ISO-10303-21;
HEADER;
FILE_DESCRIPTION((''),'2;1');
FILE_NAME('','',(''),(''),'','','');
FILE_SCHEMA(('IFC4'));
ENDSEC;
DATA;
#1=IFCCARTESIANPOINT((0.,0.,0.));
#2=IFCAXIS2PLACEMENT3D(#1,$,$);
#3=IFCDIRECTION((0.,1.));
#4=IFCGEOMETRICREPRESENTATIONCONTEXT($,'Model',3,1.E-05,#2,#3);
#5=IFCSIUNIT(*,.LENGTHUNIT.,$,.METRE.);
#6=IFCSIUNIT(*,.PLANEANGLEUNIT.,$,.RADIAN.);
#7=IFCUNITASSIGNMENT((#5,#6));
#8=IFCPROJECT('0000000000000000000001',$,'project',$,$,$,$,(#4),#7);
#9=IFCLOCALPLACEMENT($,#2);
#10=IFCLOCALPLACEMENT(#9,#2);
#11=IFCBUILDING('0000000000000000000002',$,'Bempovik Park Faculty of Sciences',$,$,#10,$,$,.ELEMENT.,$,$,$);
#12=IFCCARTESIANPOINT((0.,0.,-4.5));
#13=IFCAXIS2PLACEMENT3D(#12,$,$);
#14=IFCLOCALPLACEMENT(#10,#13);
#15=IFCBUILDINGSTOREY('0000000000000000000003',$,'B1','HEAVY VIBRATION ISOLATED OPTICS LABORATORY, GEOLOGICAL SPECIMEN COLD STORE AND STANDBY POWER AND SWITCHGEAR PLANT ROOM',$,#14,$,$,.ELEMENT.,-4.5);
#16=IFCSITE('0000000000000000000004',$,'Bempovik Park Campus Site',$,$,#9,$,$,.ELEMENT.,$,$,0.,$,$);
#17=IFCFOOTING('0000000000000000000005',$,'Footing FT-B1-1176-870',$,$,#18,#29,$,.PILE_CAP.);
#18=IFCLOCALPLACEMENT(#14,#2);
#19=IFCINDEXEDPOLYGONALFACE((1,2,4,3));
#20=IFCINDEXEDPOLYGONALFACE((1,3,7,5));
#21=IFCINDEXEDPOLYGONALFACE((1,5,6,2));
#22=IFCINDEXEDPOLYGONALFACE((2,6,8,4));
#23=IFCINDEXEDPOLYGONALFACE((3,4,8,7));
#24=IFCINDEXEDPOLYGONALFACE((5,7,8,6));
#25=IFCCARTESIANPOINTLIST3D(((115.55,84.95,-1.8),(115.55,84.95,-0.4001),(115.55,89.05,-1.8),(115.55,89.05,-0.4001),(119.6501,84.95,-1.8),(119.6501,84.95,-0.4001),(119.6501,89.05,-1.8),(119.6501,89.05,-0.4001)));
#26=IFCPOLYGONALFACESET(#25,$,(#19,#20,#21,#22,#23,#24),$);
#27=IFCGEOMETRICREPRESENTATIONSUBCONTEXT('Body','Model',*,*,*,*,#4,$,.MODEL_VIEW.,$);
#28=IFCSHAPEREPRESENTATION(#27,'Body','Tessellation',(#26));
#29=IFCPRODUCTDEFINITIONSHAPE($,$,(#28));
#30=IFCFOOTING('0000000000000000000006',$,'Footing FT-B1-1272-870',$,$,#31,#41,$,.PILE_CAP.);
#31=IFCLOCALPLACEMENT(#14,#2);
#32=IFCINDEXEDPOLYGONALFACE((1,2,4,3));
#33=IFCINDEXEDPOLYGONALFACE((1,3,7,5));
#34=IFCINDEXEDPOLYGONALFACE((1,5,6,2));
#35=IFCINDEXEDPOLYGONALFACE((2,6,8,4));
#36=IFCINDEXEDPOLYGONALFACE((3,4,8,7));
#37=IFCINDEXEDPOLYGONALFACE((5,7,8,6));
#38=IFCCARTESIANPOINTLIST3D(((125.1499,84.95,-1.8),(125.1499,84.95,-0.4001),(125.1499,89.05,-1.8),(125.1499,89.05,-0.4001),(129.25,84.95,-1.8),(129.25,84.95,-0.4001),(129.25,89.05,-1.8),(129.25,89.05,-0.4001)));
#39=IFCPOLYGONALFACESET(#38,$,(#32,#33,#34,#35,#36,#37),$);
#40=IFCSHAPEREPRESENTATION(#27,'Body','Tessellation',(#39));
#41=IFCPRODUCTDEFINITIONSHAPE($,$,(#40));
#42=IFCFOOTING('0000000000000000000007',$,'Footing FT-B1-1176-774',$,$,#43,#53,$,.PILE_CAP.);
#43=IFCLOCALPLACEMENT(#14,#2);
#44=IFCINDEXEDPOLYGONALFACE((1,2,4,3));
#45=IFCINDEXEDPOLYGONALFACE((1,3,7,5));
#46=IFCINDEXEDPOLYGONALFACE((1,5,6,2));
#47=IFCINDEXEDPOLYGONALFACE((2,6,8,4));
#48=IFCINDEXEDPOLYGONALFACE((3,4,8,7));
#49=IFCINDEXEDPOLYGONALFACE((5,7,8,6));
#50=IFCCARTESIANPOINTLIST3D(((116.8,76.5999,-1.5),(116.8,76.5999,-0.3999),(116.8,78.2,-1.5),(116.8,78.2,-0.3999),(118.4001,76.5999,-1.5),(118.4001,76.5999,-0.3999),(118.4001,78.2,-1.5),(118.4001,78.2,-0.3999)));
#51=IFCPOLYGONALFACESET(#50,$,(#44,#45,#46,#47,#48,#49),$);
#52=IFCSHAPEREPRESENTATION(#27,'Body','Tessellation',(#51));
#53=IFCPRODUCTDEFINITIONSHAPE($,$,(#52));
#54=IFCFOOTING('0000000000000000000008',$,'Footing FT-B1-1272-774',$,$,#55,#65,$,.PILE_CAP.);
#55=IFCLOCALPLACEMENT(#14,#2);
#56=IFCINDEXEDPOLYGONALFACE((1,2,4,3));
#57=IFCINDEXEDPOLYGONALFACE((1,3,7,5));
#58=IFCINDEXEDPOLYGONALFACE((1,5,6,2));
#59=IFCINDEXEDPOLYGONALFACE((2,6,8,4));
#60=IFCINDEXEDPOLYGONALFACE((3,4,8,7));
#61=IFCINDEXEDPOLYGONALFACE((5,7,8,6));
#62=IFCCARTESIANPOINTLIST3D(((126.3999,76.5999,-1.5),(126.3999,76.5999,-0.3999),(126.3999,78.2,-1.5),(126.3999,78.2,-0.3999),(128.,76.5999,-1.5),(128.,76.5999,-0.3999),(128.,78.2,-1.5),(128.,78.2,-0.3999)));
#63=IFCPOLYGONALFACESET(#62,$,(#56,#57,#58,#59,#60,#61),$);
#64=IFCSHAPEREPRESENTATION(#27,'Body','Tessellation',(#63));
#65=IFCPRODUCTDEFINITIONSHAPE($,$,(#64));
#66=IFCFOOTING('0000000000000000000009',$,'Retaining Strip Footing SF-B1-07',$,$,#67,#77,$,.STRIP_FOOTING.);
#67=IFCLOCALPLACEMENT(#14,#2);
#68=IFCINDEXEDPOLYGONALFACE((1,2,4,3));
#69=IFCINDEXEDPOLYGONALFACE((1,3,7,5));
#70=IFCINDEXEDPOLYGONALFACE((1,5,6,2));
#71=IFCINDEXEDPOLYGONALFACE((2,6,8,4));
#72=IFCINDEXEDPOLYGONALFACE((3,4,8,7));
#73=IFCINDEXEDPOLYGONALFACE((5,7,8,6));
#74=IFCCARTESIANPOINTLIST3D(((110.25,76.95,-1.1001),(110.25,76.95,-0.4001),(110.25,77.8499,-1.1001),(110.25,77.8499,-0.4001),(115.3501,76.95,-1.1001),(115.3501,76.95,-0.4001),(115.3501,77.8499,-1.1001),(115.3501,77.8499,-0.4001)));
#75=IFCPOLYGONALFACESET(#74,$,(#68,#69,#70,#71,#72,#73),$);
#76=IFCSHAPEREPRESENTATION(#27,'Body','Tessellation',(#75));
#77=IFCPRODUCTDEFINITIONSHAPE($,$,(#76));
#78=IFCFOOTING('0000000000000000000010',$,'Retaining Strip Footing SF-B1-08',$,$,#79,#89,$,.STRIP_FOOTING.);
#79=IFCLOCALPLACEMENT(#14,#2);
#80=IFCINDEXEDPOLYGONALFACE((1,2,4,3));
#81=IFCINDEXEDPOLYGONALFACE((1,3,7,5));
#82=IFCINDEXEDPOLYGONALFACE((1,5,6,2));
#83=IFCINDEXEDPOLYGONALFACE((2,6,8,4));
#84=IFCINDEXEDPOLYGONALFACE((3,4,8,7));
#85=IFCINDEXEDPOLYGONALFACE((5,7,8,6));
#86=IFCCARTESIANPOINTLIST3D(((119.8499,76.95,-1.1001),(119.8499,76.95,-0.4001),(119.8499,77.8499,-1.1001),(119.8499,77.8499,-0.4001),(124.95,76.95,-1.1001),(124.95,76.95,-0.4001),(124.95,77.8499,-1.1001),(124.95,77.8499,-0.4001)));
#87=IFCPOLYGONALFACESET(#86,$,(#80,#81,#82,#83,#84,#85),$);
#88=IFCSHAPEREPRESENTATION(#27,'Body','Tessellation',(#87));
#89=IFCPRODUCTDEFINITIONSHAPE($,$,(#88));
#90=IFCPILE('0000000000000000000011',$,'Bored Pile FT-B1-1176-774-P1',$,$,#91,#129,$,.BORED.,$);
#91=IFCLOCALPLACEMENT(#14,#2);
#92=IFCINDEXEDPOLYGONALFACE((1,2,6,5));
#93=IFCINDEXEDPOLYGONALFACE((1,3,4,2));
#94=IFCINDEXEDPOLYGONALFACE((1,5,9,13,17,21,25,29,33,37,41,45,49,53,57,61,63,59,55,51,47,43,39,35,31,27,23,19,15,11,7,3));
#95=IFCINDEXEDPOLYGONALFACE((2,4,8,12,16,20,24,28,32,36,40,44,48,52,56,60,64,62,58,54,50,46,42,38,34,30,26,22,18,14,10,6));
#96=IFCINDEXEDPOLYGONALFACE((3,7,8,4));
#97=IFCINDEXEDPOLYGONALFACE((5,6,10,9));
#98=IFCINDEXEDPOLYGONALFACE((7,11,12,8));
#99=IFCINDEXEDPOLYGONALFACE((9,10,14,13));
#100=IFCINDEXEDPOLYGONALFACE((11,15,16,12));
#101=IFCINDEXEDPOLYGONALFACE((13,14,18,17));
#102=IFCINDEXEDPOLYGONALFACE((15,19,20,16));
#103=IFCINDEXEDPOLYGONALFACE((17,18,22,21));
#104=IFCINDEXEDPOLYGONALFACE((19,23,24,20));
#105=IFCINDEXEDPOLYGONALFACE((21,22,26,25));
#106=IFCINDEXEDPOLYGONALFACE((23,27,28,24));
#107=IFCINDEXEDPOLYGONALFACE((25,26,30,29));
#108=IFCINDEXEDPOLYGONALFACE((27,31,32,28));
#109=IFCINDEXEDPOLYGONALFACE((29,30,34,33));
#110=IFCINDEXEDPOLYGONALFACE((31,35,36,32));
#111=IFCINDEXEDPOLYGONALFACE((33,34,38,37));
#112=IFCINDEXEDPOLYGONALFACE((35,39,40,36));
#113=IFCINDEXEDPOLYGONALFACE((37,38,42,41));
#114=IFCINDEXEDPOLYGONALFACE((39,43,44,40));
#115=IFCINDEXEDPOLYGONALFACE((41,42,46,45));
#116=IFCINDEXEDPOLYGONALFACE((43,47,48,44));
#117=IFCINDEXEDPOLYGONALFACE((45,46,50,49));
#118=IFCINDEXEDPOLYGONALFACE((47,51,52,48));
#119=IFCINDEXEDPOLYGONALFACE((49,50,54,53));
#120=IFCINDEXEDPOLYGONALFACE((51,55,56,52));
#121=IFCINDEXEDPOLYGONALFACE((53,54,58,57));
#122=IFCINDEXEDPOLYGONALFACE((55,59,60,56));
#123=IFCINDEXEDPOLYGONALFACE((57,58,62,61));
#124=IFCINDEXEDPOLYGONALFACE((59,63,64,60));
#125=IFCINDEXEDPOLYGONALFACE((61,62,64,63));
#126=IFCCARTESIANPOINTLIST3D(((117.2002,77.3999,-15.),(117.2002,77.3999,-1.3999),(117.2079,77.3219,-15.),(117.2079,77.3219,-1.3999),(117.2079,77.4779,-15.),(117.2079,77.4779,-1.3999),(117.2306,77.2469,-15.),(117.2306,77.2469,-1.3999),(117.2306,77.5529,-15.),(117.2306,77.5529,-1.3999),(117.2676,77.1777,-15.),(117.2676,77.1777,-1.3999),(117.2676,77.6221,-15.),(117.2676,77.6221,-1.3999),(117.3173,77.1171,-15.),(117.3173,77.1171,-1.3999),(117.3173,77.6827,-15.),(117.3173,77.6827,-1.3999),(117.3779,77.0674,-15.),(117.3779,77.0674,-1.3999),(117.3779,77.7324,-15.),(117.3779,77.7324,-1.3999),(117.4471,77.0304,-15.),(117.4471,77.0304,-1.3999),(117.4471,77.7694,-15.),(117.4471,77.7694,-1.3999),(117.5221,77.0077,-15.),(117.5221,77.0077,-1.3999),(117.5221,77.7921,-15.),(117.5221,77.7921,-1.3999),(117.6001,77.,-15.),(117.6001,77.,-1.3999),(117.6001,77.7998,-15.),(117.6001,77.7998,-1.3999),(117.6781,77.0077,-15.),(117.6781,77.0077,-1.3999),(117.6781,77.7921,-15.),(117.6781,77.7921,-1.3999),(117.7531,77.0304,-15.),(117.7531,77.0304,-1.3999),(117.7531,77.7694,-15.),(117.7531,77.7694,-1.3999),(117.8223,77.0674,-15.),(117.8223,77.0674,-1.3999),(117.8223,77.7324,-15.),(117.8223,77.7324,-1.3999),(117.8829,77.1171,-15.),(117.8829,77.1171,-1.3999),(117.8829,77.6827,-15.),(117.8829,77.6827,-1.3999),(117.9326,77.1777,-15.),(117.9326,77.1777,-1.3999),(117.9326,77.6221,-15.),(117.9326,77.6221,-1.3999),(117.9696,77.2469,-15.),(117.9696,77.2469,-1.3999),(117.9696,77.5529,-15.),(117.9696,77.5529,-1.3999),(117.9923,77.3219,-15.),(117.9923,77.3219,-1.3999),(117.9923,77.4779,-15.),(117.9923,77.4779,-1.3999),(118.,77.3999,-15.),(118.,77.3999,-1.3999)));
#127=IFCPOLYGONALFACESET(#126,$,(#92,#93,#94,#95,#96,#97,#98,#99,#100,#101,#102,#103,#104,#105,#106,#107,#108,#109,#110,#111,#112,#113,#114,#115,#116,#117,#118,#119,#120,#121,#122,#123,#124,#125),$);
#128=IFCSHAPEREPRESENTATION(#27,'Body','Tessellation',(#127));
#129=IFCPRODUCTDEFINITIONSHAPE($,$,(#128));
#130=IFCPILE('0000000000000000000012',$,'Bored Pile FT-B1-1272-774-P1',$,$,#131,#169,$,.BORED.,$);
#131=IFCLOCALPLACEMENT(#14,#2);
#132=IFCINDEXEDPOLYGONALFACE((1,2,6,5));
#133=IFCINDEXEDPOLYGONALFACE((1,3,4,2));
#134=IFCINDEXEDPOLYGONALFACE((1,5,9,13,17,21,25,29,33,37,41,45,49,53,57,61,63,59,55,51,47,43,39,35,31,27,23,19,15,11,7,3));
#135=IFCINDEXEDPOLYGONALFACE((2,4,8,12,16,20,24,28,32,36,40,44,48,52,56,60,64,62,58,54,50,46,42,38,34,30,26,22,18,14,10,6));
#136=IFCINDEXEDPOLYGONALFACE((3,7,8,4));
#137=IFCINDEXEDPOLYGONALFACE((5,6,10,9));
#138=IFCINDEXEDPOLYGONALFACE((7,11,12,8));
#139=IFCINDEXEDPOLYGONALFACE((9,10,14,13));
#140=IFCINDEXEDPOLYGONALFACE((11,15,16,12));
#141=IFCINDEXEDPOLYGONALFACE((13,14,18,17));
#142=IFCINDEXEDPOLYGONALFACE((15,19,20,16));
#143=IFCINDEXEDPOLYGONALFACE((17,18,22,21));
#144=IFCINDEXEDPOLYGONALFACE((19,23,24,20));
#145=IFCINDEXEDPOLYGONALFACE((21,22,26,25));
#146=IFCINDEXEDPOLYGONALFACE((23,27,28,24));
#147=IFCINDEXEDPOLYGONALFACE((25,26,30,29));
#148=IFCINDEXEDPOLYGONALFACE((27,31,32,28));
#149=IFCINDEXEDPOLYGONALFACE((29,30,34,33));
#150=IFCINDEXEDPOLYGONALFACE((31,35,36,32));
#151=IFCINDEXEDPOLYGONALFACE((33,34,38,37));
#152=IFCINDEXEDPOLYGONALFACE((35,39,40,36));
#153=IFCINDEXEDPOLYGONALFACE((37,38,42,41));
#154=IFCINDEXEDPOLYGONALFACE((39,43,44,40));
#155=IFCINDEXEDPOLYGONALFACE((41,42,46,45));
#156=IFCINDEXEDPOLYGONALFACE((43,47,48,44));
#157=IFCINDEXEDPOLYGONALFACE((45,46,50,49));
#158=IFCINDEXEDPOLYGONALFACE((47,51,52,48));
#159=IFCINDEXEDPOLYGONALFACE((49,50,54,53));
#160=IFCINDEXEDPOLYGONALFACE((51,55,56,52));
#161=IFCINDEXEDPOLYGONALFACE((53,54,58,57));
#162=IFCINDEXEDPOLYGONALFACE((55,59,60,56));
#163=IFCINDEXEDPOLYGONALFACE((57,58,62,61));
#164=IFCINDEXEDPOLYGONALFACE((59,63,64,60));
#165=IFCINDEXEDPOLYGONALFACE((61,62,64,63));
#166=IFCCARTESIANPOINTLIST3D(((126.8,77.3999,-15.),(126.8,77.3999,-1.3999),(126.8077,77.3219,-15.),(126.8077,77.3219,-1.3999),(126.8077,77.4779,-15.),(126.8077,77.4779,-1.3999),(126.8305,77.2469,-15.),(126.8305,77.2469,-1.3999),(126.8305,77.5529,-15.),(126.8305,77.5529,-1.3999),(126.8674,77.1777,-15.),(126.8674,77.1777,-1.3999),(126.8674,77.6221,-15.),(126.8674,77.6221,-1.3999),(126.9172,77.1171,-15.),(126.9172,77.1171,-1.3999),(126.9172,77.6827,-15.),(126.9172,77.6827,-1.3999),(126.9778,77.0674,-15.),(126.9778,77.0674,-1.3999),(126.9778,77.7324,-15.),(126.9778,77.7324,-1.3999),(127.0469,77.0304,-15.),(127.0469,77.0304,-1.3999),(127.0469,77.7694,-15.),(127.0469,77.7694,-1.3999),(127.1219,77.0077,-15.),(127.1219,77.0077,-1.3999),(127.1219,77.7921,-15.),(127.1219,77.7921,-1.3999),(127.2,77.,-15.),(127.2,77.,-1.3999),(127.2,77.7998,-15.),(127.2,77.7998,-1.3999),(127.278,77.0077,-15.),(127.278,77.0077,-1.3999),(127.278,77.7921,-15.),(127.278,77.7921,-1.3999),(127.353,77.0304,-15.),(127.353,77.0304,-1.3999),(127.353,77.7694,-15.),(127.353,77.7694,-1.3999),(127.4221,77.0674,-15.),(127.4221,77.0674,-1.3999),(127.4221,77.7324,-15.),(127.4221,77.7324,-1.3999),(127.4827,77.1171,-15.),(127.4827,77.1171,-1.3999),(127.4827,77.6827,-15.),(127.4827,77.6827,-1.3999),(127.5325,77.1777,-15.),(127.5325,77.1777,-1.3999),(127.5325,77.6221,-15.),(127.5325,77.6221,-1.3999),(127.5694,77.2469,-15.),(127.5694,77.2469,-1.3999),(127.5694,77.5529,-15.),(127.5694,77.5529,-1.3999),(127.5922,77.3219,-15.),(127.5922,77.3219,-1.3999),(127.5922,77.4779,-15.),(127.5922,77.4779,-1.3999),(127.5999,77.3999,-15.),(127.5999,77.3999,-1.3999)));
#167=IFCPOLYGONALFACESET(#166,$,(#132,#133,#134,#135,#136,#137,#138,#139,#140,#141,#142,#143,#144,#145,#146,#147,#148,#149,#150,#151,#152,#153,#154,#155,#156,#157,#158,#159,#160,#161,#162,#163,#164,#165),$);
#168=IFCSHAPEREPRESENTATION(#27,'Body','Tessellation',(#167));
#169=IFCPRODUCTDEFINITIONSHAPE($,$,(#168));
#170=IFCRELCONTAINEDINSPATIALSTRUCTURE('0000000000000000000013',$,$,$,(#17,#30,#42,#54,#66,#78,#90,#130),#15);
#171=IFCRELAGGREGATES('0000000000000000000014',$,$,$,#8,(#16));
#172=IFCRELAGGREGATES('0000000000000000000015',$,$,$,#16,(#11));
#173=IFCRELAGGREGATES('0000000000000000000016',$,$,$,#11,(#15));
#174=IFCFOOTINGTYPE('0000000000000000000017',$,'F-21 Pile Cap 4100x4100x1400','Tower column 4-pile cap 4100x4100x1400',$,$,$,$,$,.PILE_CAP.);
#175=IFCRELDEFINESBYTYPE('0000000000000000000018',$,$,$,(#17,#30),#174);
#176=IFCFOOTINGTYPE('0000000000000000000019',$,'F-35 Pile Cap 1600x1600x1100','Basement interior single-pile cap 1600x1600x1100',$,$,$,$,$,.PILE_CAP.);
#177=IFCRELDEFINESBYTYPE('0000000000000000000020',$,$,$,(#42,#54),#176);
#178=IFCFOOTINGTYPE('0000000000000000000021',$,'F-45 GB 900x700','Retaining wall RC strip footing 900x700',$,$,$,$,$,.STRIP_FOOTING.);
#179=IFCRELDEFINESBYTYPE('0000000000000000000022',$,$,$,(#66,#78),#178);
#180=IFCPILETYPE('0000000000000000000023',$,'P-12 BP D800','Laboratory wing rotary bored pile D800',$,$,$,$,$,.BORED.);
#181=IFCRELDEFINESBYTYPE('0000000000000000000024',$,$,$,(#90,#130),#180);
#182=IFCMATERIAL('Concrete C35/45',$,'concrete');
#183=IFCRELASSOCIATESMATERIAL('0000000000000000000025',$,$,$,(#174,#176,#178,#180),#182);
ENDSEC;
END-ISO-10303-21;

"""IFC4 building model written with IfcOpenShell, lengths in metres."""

from ifc_helpers import new_model, si_unit, direction, frame, origin, origin_2d, place, context, subcontext, project, spatial, rectangle, circle, extrude, material, material_profile, profile_set, type_object, element, save


model = new_model("IFC4")

# Units and contexts
model_context = context("Model", 3, precision=1e-05, world=origin(), true_north=direction((0.0, 1.0)))
body_context = subcontext(model_context, "Body", "Model", "MODEL_VIEW")
ifc_project = project(units=[si_unit("LENGTHUNIT", "METRE"), si_unit("PLANEANGLEUNIT", "RADIAN")], contexts=[model_context])

# Site, building, storey
site_placement = place(None, origin())
site = spatial("IfcSite", under=ifc_project, at=site_placement, Name="Bempovik Park Campus Site", CompositionType="ELEMENT", RefElevation=0.0)
building_placement = place(site_placement, origin())
building = spatial("IfcBuilding", under=site, at=building_placement, Name="Bempovik Park Faculty of Sciences", CompositionType="ELEMENT")
storey_placement = place(building_placement, frame((0.0, 0.0, -4.5)))
storey = spatial("IfcBuildingStorey", under=building, at=storey_placement, Name="B1", Description="HEAVY VIBRATION ISOLATED OPTICS LABORATORY, GEOLOGICAL SPECIMEN COLD STORE AND STANDBY POWER AND SWITCHGEAR PLANT ROOM", CompositionType="ELEMENT", Elevation=-4.5)

# Footings
ifc_material_1 = material(Name="Concrete C35/45", Category="concrete")
footing_type_1 = type_object("IfcFootingType", Name="F-21 Pile Cap 4100x4100x1400", Description="Tower column 4-pile cap 4100x4100x1400", PredefinedType="PILE_CAP", material=ifc_material_1)
for number, where, z_axis, x_axis, name in (
    (1, (117.6001, 87.0, -1.8), (0.0, 0.0, 1.0), (1.0, 0.0, 0.0), "Footing FT-B1-1176-870"),
    (2, (127.2, 87.0, -1.8), (0.0, 0.0, 1.0), (1.0, 0.0, 0.0), "Footing FT-B1-1272-870"),
):
    element("IfcFooting", number, at=place(storey_placement, frame(where, z_axis=z_axis, x_axis=x_axis)), inside=storey, type_object=footing_type_1, Name=name, PredefinedType="PILE_CAP", context=body_context, shape_type="SweptSolid", body=[
        extrude(rectangle(XDim=4.1001, YDim=4.1001, at=origin_2d()), origin(), (0.0, 0.0, 1.0), 1.3999),
    ])
footing_type_2 = type_object("IfcFootingType", Name="F-35 Pile Cap 1600x1600x1100", Description="Basement interior single-pile cap 1600x1600x1100", PredefinedType="PILE_CAP", material=ifc_material_1)
for number, where, z_axis, x_axis, name in (
    (3, (117.6001, 77.3999, -1.5), (0.0, 0.0, 1.0), (1.0, 0.0, 0.0), "Footing FT-B1-1176-774"),
    (4, (127.2, 77.3999, -1.5), (0.0, 0.0, 1.0), (1.0, 0.0, 0.0), "Footing FT-B1-1272-774"),
):
    element("IfcFooting", number, at=place(storey_placement, frame(where, z_axis=z_axis, x_axis=x_axis)), inside=storey, type_object=footing_type_2, Name=name, PredefinedType="PILE_CAP", context=body_context, shape_type="SweptSolid", body=[
        extrude(rectangle(XDim=1.6001, YDim=1.6001, at=origin_2d()), origin(), (0.0, 0.0, 1.0), 1.1001),
    ])
footing_type_3 = type_object("IfcFootingType", Name="F-45 GB 900x700", Description="Retaining wall RC strip footing 900x700", PredefinedType="STRIP_FOOTING", material=ifc_material_1)
for number, where, z_axis, x_axis, name in (
    (5, (112.8, 77.3999, -1.1001), (0.0, 0.0, 1.0), (1.0, 0.0, 0.0), "Retaining Strip Footing SF-B1-07"),
    (6, (122.3999, 77.3999, -1.1001), (0.0, 0.0, 1.0), (1.0, 0.0, 0.0), "Retaining Strip Footing SF-B1-08"),
):
    element("IfcFooting", number, at=place(storey_placement, frame(where, z_axis=z_axis, x_axis=x_axis)), inside=storey, type_object=footing_type_3, Name=name, PredefinedType="STRIP_FOOTING", context=body_context, shape_type="SweptSolid", body=[
        extrude(rectangle(XDim=5.1001, YDim=0.8999, at=origin_2d()), origin(), (0.0, 0.0, 1.0), 0.7),
    ])

# Piles
ifc_material_profile_1 = material_profile(ifc_material_1, circle(Radius=0.3999, at=origin_2d()), Name="BP D800")
ifc_profile_set_1 = profile_set([ifc_material_profile_1], Name="Concrete C35/45")
pile_type_1 = type_object("IfcPileType", Name="P-12 BP D800", Description="Laboratory wing rotary bored pile D800", PredefinedType="BORED", material=ifc_profile_set_1)
for number, where, z_axis, x_axis, name in (
    (7, (117.6001, 77.3999, -1.3999), (0.0, 0.0, -1.0), (1.0, 0.0, 0.0), "Bored Pile FT-B1-1176-774-P1"),
    (8, (127.2, 77.3999, -1.3999), (0.0, 0.0, -1.0), (1.0, 0.0, 0.0), "Bored Pile FT-B1-1272-774-P1"),
):
    element("IfcPile", number, at=place(storey_placement, frame(where, z_axis=z_axis, x_axis=x_axis)), inside=storey, type_object=pile_type_1, Name=name, PredefinedType="BORED", context=body_context, shape_type="SweptSolid", body=[
        extrude(circle(Radius=0.3999, at=origin_2d()), origin(), (0.0, 0.0, 1.0), 13.6001),
    ])

save(model, "model.ifc")
